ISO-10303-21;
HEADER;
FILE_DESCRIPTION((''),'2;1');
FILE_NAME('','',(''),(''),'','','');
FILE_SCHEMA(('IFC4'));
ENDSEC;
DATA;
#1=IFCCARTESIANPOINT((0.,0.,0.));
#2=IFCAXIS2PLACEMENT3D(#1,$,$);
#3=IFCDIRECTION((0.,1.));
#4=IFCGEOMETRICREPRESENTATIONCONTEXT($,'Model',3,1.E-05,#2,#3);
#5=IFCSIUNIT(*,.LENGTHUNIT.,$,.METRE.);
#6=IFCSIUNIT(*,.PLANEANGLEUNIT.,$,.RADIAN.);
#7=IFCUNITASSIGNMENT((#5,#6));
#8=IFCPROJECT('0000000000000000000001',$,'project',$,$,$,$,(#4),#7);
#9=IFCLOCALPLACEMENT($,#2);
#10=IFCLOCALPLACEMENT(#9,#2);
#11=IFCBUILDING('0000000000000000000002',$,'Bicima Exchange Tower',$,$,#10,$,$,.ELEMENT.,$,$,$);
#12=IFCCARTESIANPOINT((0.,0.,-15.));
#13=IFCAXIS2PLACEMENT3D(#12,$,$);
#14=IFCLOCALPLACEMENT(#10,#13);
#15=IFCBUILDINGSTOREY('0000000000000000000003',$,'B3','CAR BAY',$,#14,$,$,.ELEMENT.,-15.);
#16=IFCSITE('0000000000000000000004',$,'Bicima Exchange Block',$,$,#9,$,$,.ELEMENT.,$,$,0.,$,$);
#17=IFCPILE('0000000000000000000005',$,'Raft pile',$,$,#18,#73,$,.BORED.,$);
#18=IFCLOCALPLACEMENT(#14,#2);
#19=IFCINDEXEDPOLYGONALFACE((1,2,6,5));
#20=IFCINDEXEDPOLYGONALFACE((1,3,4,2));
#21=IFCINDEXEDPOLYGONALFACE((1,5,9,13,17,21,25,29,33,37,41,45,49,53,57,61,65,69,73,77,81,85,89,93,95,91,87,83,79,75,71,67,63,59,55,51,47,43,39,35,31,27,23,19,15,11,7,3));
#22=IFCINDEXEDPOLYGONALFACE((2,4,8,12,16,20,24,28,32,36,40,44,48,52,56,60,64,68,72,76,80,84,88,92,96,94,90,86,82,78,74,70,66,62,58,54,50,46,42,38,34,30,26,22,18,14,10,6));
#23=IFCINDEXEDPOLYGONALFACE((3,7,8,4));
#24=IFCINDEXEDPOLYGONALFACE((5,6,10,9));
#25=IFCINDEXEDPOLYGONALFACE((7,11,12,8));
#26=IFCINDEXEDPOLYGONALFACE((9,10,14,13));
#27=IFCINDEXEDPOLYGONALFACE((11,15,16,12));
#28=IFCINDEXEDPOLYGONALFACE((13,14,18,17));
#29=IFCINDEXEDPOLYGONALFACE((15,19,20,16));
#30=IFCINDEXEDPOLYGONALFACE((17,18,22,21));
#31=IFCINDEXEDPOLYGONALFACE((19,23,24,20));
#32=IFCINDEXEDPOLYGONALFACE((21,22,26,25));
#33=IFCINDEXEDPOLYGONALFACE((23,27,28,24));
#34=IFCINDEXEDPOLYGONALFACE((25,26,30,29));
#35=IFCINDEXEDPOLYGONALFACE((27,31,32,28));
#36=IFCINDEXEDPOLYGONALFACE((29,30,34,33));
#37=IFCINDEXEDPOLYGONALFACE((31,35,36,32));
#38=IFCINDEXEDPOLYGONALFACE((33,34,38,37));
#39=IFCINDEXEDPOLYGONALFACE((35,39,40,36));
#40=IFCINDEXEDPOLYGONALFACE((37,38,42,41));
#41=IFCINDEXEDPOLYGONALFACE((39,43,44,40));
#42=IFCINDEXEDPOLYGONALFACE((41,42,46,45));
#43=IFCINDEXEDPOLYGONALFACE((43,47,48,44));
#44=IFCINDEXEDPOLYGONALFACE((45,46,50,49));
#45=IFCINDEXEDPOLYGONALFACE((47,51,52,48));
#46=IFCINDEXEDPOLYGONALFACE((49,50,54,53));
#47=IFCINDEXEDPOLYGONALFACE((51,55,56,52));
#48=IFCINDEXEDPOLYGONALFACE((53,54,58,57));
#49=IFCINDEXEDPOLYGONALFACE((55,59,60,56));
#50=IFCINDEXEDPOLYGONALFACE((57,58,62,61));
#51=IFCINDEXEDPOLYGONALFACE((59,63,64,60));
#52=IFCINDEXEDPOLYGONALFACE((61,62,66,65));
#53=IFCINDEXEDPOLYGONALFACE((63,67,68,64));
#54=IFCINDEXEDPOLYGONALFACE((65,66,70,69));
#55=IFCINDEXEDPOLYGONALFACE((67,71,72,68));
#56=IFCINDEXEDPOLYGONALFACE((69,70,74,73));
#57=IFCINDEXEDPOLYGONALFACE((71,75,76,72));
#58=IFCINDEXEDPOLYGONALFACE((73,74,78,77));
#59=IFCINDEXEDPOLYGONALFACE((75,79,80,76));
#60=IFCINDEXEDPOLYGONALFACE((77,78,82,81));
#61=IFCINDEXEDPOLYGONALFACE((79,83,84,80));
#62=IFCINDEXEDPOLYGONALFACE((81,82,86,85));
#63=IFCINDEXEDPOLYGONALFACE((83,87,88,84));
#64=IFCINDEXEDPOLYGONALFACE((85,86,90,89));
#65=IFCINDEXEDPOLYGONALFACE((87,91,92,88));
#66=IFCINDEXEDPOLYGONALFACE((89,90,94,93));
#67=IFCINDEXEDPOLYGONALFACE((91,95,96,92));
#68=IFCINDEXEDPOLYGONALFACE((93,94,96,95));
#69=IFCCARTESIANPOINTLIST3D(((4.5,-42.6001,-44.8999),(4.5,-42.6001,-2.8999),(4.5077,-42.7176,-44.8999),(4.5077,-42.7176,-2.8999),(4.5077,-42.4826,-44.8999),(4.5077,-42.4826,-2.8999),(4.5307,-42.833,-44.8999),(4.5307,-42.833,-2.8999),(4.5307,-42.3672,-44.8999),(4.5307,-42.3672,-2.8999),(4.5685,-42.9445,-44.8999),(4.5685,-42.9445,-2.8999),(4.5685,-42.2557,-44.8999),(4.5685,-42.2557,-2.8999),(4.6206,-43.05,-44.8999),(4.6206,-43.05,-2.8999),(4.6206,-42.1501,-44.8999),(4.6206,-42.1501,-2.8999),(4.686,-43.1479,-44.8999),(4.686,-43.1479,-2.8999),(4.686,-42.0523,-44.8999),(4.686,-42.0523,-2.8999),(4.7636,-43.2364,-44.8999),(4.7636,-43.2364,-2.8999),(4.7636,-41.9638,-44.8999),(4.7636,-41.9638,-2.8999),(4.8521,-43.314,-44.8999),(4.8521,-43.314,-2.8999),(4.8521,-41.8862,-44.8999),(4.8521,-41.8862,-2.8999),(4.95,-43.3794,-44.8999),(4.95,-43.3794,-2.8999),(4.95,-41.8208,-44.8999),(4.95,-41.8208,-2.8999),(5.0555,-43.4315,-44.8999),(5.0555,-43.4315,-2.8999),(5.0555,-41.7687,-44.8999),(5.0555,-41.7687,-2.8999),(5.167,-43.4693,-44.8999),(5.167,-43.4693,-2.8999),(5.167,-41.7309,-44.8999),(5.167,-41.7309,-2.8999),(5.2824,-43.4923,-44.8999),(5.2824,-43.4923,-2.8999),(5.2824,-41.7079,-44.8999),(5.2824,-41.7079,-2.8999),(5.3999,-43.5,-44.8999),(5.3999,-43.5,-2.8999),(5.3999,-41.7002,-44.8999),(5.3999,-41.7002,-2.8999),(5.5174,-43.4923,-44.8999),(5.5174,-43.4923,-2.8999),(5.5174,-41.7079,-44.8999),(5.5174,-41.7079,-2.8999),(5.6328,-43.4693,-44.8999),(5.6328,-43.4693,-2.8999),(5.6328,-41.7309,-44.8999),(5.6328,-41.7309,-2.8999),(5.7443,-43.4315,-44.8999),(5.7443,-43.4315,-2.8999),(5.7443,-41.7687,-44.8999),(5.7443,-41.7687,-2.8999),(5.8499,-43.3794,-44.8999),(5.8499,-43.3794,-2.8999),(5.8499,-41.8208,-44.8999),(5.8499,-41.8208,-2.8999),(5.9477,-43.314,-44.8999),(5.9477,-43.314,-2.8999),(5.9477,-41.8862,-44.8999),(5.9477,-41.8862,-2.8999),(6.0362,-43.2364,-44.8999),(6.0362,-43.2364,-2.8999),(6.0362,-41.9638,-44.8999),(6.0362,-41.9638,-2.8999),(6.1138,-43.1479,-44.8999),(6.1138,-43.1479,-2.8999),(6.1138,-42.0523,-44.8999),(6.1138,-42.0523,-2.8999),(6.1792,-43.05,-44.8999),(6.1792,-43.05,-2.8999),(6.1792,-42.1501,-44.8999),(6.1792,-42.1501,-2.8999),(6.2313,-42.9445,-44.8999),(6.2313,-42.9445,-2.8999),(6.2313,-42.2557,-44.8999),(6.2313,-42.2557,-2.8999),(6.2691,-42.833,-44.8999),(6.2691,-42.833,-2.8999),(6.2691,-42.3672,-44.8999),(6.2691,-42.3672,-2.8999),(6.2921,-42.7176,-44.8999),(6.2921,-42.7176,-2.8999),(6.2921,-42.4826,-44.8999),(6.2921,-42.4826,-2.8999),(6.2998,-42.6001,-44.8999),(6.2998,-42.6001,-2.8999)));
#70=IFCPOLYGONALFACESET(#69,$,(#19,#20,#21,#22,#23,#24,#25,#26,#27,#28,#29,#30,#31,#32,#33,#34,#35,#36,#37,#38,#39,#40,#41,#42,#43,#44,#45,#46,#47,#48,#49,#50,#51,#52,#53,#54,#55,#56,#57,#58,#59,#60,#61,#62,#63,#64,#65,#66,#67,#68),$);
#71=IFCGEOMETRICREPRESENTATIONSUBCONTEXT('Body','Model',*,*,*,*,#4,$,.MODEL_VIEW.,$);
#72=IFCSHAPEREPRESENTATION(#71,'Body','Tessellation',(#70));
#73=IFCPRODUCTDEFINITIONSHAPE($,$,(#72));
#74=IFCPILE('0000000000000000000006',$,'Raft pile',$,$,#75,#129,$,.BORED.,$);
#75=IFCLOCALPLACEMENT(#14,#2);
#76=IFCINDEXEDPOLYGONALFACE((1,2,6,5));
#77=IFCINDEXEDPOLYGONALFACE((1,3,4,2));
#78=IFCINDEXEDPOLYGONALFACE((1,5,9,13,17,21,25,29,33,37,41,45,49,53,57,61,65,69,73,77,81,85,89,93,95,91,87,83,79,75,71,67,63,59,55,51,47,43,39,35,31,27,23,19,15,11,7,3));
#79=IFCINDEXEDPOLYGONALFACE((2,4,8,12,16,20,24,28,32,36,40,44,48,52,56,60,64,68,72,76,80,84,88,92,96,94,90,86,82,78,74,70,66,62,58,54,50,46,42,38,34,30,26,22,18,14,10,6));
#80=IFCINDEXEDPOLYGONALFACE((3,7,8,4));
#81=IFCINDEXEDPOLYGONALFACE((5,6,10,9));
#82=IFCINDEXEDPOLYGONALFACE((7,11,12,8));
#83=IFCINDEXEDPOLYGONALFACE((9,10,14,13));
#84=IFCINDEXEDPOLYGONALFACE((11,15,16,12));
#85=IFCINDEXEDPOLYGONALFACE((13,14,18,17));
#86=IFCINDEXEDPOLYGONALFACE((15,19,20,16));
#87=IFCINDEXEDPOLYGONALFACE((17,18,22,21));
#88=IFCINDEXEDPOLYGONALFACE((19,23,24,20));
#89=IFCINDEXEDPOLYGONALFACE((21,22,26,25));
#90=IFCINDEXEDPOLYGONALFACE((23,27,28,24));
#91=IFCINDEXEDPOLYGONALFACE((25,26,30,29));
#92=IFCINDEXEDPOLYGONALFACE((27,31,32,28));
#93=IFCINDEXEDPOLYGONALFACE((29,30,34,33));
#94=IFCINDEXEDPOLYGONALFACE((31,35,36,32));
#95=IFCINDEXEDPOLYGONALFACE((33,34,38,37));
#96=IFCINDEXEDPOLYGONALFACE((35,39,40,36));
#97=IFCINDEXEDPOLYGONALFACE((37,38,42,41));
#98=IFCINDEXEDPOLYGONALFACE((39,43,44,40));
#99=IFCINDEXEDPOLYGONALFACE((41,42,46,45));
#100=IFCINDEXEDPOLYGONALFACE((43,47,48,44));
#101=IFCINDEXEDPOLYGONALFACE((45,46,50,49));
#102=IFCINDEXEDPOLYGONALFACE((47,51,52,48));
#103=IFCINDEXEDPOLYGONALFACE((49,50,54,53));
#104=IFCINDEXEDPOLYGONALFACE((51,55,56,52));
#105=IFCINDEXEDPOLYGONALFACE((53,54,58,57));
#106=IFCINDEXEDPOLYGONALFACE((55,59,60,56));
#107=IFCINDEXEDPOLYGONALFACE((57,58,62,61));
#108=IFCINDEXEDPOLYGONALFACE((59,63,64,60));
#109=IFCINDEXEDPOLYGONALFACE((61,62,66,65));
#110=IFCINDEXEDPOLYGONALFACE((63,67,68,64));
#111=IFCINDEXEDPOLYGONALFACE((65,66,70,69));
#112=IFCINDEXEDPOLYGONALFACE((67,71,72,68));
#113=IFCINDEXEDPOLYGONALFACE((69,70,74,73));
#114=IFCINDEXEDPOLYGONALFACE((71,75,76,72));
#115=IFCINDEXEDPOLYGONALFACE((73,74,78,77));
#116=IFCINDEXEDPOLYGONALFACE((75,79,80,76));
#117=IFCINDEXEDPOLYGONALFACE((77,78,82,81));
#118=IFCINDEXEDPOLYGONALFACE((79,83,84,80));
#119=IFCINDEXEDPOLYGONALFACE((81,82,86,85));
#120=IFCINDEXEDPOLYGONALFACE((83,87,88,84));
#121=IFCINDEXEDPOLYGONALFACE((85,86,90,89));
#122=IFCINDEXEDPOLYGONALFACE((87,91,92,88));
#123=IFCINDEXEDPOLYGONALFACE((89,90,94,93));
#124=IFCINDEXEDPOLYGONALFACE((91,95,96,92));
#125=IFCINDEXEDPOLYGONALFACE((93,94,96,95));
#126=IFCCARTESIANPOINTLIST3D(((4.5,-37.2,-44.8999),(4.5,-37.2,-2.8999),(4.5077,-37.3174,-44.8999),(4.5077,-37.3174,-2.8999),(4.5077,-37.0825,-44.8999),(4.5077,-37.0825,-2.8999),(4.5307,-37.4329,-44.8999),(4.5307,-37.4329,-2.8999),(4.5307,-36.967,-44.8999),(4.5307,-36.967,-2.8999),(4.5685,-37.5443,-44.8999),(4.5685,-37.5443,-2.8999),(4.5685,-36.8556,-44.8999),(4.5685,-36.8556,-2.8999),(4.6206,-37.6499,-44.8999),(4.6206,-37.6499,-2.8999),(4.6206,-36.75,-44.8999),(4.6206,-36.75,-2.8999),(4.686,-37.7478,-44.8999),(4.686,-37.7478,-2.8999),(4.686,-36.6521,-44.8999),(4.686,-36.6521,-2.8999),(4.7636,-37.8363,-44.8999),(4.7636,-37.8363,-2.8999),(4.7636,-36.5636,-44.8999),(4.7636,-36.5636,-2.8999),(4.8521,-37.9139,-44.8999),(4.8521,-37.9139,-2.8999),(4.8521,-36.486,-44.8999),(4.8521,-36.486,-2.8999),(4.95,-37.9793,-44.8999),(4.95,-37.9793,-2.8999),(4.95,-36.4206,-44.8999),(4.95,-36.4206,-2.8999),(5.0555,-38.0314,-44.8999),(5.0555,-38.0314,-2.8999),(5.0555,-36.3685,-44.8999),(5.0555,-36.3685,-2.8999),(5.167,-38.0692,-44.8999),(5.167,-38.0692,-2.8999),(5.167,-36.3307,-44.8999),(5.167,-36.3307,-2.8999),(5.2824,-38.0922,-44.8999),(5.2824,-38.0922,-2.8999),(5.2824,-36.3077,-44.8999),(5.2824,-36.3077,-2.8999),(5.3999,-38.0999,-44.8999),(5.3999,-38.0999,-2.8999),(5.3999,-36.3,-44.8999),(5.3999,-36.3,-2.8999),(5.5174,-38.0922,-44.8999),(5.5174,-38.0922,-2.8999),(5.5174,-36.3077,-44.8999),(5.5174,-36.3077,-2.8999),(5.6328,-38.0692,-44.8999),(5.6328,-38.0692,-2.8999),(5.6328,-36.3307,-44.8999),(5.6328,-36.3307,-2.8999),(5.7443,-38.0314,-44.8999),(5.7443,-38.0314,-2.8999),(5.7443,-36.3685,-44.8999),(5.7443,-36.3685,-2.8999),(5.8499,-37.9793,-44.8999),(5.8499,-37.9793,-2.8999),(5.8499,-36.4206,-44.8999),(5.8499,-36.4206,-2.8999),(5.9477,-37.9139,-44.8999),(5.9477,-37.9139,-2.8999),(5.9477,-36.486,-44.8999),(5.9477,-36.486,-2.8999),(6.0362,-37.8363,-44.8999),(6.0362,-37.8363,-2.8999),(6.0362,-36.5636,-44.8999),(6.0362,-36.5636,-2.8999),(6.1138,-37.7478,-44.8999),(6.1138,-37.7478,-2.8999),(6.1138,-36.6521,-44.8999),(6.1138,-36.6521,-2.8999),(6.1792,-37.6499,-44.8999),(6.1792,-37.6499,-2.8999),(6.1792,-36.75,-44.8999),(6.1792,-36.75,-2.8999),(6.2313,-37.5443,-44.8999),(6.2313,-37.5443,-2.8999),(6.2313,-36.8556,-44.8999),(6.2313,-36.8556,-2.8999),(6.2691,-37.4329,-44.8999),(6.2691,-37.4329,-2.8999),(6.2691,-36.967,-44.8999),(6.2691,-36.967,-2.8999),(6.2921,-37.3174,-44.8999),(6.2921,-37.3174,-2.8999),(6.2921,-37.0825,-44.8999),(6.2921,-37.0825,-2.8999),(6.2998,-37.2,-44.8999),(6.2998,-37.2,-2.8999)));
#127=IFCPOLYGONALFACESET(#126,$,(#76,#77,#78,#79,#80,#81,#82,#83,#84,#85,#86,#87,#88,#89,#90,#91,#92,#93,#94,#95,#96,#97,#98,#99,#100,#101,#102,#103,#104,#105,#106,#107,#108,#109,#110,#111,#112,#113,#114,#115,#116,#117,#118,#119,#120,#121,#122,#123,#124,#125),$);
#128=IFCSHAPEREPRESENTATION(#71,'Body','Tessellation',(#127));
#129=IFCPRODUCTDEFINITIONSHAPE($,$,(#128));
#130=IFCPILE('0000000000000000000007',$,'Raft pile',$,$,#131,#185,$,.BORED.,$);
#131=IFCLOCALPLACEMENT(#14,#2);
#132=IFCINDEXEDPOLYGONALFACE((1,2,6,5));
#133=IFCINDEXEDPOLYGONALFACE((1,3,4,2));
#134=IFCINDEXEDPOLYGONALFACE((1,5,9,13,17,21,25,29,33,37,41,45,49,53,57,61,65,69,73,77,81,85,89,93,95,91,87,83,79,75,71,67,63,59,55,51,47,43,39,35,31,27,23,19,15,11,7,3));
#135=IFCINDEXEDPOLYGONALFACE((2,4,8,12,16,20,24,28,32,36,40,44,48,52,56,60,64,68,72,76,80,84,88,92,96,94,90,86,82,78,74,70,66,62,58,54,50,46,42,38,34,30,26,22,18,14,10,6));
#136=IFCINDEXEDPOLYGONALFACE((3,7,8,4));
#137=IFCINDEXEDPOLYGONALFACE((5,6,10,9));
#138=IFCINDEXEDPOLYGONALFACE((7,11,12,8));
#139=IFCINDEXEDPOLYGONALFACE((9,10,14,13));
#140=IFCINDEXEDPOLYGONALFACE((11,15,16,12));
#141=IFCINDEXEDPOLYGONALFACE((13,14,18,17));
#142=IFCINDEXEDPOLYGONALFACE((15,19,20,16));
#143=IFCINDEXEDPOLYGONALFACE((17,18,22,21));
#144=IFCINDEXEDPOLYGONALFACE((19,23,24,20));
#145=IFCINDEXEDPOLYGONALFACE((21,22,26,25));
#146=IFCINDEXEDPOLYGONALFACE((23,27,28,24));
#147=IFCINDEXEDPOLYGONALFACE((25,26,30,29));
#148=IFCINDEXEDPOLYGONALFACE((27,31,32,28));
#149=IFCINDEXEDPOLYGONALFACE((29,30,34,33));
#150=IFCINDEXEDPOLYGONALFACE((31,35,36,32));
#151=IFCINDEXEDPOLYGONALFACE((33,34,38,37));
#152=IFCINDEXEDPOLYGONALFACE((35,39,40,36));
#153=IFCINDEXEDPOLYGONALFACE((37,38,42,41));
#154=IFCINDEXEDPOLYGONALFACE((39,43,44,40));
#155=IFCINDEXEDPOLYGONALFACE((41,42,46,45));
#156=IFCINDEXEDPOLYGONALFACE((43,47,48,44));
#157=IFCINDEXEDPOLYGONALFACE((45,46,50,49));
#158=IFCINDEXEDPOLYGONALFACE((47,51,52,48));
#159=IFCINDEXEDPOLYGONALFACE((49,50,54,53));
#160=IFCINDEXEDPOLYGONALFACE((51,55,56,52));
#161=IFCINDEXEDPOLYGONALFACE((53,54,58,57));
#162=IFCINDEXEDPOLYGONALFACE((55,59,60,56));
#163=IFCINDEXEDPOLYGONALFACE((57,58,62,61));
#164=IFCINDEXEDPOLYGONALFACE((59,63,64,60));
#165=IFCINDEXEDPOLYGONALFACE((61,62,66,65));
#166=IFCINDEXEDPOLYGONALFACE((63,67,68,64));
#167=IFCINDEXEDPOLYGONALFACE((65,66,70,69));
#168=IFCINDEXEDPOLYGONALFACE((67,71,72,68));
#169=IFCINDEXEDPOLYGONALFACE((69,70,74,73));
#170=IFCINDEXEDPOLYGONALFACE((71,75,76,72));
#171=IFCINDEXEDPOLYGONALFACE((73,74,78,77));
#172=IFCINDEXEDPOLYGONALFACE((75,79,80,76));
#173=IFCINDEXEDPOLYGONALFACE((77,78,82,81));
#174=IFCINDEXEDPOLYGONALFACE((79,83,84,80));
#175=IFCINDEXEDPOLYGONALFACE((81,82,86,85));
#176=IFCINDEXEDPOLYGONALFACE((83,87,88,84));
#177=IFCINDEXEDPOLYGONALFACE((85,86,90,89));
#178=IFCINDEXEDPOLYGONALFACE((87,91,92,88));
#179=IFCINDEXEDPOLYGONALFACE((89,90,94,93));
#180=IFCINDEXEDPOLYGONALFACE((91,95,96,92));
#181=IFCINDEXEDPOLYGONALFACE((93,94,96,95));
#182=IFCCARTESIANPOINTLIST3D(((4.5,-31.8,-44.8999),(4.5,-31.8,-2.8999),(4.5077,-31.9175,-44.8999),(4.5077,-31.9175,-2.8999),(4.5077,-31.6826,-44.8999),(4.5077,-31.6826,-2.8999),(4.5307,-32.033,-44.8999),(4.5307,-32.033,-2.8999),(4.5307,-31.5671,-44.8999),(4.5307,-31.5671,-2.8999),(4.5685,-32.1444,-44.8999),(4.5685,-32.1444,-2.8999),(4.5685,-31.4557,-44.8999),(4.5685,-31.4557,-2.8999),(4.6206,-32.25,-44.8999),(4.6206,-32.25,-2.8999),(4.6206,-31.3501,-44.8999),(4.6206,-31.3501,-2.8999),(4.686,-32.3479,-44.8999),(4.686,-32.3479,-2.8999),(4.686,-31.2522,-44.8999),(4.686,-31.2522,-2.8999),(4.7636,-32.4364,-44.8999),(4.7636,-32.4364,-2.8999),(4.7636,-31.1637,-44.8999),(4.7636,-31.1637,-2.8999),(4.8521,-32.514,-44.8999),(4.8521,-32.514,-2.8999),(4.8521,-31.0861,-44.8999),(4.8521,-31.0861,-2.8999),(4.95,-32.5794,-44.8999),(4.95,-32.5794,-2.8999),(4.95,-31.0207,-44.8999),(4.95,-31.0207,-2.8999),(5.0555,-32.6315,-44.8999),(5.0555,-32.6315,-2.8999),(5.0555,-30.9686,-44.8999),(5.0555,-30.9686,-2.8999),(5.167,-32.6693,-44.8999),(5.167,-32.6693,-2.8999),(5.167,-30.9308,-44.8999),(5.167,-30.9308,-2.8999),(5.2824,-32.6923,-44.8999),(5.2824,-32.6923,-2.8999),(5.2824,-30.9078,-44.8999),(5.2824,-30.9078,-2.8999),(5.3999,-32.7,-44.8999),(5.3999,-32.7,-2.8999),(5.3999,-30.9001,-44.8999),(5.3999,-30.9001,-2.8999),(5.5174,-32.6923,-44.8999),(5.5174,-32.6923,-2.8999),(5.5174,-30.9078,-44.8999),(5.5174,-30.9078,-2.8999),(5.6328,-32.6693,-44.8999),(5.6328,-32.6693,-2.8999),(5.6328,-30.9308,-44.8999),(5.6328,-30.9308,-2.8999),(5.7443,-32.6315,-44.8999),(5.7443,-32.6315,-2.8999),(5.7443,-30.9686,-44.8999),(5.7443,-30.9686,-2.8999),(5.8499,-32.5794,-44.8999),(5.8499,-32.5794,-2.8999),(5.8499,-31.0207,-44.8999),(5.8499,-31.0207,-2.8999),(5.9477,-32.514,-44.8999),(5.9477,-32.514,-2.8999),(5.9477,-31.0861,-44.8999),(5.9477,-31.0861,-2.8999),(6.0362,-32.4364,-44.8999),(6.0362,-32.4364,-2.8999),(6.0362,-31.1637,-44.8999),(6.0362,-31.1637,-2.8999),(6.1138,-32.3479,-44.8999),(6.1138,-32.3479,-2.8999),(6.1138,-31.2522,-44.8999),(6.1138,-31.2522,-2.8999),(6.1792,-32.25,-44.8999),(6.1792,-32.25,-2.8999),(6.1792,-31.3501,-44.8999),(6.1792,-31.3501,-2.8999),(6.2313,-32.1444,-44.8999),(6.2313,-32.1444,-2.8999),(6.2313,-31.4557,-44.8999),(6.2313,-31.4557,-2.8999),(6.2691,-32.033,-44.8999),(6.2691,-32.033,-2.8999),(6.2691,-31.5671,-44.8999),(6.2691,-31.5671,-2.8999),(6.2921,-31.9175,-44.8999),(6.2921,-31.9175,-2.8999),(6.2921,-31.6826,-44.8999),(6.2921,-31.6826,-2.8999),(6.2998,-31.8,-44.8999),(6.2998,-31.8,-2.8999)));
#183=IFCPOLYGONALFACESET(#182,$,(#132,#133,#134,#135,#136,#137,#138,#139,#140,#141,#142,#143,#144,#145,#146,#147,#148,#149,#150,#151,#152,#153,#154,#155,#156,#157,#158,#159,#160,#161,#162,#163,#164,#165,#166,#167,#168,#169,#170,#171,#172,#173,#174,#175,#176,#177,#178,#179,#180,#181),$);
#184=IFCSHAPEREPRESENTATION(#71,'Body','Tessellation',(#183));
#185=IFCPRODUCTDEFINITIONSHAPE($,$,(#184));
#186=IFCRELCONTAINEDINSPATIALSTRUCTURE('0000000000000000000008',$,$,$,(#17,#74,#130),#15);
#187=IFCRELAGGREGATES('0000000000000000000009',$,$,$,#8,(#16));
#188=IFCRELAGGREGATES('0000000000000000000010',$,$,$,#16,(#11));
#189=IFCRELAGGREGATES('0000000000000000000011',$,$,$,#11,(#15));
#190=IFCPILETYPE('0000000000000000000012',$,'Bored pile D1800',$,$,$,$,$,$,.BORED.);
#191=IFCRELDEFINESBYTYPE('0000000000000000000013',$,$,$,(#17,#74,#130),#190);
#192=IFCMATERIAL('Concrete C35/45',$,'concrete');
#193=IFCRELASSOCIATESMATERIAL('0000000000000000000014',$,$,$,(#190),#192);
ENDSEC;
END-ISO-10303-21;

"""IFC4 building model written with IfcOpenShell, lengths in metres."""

from ifc_helpers import new_model, si_unit, direction, frame, origin, origin_2d, place, context, subcontext, project, spatial, circle, extrude, material, material_profile, profile_set, type_object, element, save


model = new_model("IFC4")

# Units and contexts
model_context = context("Model", 3, precision=1e-05, world=origin(), true_north=direction((0.0, 1.0)))
body_context = subcontext(model_context, "Body", "Model", "MODEL_VIEW")
ifc_project = project(units=[si_unit("LENGTHUNIT", "METRE"), si_unit("PLANEANGLEUNIT", "RADIAN")], contexts=[model_context])

# Site, building, storey
site_placement = place(None, origin())
site = spatial("IfcSite", under=ifc_project, at=site_placement, Name="Bicima Exchange Block", CompositionType="ELEMENT", RefElevation=0.0)
building_placement = place(site_placement, origin())
building = spatial("IfcBuilding", under=site, at=building_placement, Name="Bicima Exchange Tower", CompositionType="ELEMENT")
storey_placement = place(building_placement, frame((0.0, 0.0, -15.0)))
storey = spatial("IfcBuildingStorey", under=building, at=storey_placement, Name="B3", Description="CAR BAY", CompositionType="ELEMENT", Elevation=-15.0)

# Piles
ifc_material_1 = material(Name="Concrete C35/45", Category="concrete")
ifc_material_profile_1 = material_profile(ifc_material_1, circle(Radius=0.8999, at=origin_2d()))
ifc_profile_set_1 = profile_set([ifc_material_profile_1], Name="Concrete C35/45")
pile_type = type_object("IfcPileType", Name="Bored pile D1800", PredefinedType="BORED", material=ifc_profile_set_1)
for number, where, z_axis, x_axis, name in (
    (1, (5.3999, -42.6001, -2.8999), (0.0, 0.0, -1.0), (1.0, 0.0, 0.0), "Raft pile"),
    (2, (5.3999, -37.2, -2.8999), (0.0, 0.0, -1.0), (1.0, 0.0, 0.0), "Raft pile"),
    (3, (5.3999, -31.8, -2.8999), (0.0, 0.0, -1.0), (1.0, 0.0, 0.0), "Raft pile"),
):
    element("IfcPile", number, at=place(storey_placement, frame(where, z_axis=z_axis, x_axis=x_axis)), inside=storey, type_object=pile_type, Name=name, PredefinedType="BORED", context=body_context, shape_type="SweptSolid", body=[
        extrude(circle(Radius=0.8999, at=origin_2d()), origin(), (0.0, 0.0, 1.0), 42.0),
    ])

save(model, "model.ifc")
